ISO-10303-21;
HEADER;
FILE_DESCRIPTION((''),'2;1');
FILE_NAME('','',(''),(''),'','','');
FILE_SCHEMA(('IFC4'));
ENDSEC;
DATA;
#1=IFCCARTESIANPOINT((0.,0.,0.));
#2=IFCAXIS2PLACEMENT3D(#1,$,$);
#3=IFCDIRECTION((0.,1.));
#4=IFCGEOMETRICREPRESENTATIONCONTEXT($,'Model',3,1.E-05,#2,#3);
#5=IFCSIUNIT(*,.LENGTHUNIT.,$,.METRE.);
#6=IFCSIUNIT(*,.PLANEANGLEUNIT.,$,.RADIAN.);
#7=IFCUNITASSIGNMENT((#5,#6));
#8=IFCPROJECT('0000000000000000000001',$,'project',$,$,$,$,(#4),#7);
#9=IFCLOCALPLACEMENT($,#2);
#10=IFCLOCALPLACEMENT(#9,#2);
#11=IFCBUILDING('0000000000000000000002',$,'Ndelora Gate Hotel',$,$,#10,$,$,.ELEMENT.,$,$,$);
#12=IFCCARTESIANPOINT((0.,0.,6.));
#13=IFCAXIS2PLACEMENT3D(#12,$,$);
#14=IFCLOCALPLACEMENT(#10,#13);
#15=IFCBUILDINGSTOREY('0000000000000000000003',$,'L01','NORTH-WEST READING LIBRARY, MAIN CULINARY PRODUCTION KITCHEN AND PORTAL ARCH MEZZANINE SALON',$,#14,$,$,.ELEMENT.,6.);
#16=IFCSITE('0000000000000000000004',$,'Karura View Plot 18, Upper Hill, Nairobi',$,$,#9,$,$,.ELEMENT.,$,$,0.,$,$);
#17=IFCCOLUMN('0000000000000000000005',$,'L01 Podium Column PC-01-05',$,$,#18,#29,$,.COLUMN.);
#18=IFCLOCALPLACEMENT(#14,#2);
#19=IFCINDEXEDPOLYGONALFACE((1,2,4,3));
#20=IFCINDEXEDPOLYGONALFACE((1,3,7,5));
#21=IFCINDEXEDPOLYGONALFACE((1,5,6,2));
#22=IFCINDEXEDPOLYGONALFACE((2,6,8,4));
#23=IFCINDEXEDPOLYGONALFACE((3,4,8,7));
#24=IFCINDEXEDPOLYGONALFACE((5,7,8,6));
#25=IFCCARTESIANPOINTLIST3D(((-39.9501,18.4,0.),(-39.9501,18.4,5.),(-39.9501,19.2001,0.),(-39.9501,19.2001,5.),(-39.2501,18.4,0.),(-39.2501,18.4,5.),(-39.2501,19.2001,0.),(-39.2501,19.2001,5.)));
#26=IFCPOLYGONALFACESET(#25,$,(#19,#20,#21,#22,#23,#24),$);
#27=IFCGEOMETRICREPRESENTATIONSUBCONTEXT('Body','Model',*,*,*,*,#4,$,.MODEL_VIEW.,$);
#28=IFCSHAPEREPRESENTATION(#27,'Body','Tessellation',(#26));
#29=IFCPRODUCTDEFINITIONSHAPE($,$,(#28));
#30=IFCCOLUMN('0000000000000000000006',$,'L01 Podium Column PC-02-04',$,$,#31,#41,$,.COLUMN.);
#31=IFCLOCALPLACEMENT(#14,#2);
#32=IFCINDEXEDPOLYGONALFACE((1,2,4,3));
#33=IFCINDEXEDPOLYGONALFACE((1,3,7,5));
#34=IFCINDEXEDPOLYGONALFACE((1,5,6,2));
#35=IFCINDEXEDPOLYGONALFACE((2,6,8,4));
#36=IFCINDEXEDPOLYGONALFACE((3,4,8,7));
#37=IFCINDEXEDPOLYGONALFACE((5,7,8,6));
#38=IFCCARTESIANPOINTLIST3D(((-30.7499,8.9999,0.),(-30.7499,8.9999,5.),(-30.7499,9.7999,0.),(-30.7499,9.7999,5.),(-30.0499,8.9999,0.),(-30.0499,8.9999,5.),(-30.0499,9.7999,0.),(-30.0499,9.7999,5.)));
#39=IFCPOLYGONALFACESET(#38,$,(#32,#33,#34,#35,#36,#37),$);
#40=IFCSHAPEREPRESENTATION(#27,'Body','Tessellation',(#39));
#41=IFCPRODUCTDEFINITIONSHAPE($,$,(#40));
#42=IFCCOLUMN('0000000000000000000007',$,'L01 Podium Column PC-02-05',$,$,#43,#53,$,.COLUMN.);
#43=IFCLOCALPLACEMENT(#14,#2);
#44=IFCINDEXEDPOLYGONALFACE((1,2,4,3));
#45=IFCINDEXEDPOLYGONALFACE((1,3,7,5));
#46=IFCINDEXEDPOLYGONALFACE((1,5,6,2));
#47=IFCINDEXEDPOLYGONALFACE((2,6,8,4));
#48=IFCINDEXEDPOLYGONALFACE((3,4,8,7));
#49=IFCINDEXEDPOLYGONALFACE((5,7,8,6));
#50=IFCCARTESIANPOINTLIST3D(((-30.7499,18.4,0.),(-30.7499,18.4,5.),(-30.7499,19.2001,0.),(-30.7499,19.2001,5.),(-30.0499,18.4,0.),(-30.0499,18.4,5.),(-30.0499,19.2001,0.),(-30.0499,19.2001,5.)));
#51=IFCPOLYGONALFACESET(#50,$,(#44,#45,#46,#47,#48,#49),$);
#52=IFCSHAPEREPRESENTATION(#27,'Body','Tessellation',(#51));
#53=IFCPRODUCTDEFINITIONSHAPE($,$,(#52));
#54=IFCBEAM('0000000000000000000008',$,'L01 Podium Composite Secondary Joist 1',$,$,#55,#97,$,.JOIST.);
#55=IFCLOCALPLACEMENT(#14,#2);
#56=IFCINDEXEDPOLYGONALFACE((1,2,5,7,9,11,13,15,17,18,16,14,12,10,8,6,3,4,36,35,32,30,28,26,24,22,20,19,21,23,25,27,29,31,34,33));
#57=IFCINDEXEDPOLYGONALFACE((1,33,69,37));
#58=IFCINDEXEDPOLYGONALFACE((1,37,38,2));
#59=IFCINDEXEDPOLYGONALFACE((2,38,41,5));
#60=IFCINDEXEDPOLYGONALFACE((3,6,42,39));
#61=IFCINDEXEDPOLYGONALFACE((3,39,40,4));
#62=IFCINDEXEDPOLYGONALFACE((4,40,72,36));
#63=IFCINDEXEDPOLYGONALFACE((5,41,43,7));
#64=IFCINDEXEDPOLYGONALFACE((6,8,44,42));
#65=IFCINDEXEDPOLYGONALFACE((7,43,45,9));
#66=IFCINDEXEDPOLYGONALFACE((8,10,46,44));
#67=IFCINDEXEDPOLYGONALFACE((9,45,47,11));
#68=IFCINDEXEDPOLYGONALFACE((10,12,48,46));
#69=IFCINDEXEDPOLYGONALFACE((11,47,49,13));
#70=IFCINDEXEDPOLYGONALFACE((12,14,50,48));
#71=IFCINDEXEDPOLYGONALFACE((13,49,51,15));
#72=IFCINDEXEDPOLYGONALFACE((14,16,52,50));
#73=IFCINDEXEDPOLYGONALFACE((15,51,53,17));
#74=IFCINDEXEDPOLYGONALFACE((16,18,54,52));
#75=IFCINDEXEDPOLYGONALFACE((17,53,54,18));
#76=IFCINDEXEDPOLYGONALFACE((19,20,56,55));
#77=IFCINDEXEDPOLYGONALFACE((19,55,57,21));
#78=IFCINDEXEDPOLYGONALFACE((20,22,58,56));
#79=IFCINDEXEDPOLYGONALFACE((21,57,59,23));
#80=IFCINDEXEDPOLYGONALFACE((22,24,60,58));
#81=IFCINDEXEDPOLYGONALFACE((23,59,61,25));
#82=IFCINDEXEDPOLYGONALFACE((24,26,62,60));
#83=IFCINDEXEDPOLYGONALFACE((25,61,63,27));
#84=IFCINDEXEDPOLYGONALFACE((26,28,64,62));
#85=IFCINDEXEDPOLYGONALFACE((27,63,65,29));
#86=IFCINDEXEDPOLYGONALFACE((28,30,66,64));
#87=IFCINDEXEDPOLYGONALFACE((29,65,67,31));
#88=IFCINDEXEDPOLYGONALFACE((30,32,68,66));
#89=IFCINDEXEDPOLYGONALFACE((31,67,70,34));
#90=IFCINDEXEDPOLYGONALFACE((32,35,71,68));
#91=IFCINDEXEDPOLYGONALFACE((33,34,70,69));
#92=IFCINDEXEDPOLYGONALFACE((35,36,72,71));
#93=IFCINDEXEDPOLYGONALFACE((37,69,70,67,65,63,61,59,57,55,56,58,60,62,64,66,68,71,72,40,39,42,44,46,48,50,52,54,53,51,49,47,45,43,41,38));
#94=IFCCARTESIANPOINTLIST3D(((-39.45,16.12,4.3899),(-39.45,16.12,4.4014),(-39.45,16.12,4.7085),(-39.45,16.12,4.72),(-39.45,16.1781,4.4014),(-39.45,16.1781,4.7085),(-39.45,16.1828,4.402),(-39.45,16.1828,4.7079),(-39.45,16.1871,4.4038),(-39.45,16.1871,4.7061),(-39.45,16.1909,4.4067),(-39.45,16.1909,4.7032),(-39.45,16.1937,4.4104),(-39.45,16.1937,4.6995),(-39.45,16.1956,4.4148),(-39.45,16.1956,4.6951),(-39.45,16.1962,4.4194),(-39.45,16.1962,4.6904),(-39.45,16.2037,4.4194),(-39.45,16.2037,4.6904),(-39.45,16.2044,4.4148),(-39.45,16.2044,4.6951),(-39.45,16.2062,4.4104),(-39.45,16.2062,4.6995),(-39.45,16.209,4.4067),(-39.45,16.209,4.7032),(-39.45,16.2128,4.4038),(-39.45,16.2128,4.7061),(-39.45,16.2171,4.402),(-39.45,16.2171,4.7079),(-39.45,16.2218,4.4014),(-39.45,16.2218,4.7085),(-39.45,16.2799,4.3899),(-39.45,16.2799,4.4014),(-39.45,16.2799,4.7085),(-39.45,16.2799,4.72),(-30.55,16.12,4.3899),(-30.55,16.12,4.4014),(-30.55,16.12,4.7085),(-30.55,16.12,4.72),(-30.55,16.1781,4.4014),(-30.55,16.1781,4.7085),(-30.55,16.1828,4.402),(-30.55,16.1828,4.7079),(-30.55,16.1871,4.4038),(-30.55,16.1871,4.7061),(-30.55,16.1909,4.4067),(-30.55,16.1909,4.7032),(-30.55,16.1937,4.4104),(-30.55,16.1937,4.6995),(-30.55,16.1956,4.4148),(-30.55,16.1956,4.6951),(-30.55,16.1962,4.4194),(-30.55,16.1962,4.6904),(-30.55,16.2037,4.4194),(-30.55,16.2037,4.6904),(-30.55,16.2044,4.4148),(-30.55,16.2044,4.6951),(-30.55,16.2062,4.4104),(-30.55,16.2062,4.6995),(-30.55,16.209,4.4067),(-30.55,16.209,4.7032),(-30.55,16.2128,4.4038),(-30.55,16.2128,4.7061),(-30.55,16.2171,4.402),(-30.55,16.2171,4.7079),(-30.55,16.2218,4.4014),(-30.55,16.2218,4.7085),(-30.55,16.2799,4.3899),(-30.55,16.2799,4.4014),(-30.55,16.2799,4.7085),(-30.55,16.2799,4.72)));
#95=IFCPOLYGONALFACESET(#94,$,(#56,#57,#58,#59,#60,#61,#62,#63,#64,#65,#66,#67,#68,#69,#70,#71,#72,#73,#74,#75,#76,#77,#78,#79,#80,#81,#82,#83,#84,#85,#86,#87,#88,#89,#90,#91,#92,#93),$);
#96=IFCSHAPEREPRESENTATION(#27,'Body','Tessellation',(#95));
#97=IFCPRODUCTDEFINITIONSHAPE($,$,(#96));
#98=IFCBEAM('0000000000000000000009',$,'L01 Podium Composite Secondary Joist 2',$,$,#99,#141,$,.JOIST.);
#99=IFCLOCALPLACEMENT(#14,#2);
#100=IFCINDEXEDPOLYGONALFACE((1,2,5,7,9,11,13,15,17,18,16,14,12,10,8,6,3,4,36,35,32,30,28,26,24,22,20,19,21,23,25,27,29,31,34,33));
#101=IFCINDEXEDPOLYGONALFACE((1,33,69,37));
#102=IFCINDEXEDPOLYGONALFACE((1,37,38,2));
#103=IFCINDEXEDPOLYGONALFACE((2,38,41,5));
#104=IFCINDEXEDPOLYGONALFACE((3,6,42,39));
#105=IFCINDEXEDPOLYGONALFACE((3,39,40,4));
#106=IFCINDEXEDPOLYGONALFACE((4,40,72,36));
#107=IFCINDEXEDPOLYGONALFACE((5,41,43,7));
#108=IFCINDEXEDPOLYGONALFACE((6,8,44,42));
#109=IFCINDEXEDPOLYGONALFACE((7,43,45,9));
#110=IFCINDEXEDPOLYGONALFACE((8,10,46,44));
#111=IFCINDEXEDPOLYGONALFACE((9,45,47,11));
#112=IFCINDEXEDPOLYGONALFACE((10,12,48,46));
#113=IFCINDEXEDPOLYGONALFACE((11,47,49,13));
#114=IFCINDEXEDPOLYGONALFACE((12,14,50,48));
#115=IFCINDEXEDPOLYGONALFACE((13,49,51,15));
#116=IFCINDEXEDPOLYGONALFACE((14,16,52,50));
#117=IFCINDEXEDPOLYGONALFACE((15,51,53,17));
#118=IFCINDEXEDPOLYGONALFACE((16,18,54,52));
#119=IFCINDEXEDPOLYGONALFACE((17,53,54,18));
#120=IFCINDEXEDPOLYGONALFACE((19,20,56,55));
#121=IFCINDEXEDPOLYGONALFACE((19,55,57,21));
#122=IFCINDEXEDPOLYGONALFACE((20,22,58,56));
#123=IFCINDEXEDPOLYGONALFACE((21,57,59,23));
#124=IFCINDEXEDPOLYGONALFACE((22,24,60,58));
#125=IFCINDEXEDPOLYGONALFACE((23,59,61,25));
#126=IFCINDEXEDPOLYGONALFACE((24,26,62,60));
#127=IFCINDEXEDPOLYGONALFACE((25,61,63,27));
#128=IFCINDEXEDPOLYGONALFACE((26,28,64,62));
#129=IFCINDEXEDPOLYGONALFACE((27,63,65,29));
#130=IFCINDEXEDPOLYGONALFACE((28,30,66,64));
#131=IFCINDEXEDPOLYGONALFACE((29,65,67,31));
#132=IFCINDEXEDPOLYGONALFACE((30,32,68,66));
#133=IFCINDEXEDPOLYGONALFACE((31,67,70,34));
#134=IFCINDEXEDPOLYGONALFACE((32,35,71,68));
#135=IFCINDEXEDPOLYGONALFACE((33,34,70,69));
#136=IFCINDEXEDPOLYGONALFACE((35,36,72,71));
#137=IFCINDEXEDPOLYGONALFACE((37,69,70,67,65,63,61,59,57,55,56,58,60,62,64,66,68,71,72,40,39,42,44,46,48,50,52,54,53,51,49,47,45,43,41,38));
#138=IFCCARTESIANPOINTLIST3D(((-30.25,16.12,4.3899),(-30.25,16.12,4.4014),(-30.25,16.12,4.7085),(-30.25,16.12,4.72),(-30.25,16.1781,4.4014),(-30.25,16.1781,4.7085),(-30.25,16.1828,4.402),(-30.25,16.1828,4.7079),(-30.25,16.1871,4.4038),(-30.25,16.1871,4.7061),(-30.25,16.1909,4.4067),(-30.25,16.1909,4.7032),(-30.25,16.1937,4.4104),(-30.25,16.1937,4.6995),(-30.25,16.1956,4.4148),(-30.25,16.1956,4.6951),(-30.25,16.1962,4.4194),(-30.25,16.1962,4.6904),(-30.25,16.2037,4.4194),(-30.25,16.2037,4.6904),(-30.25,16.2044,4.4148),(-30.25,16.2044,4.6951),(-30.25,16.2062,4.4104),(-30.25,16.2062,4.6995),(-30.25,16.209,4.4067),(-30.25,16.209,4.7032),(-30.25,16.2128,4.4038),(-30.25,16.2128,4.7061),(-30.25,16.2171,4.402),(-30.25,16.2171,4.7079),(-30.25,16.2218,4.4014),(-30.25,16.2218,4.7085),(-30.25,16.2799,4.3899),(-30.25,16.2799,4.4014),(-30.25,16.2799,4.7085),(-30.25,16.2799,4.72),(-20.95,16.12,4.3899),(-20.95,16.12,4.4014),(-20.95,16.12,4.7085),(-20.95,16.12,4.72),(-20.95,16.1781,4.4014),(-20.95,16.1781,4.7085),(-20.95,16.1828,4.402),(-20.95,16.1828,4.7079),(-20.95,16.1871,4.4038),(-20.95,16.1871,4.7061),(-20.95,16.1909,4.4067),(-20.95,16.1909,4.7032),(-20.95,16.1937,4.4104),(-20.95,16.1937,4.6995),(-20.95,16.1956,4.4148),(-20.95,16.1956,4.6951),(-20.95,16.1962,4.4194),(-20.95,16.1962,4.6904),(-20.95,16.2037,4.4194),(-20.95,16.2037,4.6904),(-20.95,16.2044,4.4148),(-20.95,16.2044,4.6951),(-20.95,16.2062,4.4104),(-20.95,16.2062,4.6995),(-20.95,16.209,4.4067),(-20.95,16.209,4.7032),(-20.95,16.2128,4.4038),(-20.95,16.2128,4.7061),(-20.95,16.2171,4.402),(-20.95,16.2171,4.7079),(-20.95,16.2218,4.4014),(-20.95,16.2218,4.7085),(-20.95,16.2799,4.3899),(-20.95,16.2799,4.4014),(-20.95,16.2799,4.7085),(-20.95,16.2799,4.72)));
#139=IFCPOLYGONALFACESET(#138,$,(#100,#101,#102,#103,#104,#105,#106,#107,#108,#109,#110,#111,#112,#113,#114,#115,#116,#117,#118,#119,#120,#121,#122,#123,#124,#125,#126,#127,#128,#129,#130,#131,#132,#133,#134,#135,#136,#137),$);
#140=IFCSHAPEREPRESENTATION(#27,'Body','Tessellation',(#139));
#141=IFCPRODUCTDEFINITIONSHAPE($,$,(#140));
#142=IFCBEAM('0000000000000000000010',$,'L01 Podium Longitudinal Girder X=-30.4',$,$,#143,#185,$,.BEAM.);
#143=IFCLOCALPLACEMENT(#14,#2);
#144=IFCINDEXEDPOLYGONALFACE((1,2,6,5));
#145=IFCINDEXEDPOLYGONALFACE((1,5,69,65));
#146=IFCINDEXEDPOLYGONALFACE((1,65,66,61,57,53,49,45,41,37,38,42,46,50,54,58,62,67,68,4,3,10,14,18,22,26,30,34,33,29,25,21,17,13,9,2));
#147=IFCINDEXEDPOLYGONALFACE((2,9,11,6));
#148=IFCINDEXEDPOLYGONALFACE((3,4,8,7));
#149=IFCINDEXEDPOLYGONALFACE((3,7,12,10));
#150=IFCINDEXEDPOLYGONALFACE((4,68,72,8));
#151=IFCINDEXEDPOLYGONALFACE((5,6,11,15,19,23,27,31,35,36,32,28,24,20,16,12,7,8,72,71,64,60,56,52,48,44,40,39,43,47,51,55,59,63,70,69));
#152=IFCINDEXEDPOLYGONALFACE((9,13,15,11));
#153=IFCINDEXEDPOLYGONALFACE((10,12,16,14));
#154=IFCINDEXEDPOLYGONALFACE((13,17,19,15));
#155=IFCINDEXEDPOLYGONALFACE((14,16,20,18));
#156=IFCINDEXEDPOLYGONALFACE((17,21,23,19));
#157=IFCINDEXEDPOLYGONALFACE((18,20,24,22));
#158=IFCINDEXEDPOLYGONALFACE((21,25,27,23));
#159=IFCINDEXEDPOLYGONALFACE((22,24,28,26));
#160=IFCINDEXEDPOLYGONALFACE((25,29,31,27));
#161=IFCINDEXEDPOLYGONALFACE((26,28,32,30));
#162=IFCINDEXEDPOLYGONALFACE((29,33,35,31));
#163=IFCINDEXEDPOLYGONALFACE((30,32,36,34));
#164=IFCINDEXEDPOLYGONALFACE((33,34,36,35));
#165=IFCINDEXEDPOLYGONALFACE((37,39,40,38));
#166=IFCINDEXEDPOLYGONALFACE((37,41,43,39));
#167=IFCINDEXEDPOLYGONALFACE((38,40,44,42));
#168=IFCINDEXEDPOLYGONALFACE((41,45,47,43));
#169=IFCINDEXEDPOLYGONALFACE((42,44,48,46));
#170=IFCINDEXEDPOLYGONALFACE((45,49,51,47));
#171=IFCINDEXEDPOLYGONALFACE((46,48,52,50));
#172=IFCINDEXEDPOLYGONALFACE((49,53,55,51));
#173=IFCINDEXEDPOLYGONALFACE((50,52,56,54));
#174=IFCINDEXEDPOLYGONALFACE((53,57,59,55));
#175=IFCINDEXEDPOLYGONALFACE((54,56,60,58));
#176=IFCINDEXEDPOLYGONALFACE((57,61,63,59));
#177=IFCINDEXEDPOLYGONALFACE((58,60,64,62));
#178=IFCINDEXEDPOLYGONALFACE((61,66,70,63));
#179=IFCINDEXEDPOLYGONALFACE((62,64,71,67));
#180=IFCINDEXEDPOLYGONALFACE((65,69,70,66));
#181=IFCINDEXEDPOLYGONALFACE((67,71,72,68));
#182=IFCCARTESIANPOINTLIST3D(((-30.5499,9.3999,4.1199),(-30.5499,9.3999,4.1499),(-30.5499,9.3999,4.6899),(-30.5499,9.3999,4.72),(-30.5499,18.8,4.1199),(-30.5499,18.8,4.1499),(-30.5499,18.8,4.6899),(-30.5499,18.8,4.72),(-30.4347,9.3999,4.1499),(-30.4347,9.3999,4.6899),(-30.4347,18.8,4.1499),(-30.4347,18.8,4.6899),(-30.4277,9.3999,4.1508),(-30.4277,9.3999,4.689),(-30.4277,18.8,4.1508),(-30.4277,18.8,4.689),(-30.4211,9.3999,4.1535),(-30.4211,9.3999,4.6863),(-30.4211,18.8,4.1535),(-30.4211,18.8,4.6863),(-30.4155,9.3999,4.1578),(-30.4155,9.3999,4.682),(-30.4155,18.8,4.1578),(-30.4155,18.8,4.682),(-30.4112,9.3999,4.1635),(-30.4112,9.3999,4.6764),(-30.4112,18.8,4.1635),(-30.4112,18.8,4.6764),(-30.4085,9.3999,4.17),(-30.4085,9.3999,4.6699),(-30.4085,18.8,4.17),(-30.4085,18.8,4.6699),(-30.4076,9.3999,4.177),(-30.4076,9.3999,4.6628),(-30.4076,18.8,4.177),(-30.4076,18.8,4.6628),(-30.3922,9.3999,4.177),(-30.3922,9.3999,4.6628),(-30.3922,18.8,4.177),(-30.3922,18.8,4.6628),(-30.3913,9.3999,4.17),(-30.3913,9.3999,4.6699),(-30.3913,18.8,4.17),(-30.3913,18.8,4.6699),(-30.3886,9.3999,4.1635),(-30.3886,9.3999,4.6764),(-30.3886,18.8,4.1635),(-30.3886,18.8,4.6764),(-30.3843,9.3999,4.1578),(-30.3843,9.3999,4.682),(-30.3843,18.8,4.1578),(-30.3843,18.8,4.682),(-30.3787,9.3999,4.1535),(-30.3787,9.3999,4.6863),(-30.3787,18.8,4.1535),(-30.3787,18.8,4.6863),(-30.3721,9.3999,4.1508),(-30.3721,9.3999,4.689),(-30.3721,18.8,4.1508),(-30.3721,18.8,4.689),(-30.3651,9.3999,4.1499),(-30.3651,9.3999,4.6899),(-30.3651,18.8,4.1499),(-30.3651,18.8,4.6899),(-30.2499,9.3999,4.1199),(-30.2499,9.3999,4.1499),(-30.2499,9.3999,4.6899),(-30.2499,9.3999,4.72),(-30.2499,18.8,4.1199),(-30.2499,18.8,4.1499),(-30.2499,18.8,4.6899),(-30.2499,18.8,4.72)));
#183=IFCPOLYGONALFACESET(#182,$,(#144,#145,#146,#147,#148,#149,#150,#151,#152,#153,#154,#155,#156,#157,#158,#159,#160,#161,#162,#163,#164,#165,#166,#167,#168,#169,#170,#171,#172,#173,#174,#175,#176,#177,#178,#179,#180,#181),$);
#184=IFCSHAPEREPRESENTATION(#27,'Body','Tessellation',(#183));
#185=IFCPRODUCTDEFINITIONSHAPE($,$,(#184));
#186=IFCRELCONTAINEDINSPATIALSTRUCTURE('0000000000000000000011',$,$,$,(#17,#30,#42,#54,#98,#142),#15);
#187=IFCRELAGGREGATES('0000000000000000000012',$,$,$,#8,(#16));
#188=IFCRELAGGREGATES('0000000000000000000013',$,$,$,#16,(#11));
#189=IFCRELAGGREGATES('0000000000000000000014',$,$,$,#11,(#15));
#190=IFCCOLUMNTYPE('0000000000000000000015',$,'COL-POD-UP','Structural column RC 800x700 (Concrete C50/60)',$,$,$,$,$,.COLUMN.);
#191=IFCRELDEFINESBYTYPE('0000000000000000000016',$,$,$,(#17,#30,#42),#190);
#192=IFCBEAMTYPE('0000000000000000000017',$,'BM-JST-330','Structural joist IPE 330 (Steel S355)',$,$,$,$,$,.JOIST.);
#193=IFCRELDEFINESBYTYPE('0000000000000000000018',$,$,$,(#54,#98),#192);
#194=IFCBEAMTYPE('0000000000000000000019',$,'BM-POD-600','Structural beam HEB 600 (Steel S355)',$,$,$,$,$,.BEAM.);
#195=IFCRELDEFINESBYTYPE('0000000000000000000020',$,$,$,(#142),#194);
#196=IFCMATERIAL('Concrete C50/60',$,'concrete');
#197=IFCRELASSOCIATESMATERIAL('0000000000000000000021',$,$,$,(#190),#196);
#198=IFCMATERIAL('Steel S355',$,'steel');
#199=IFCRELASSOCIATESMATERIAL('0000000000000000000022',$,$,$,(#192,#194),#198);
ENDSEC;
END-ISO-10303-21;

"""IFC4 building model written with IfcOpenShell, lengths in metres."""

from ifc_helpers import new_model, si_unit, direction, frame, origin, origin_2d, place, context, subcontext, project, spatial, rectangle, i_section, extrude, material, material_profile, profile_set, type_object, element, save


model = new_model("IFC4")

# Units and contexts
model_context = context("Model", 3, precision=1e-05, world=origin(), true_north=direction((0.0, 1.0)))
body_context = subcontext(model_context, "Body", "Model", "MODEL_VIEW")
ifc_project = project(units=[si_unit("LENGTHUNIT", "METRE"), si_unit("PLANEANGLEUNIT", "RADIAN")], contexts=[model_context])

# Site, building, storey
site_placement = place(None, origin())
site = spatial("IfcSite", under=ifc_project, at=site_placement, Name="Karura View Plot 18, Upper Hill, Nairobi", CompositionType="ELEMENT", RefElevation=0.0)
building_placement = place(site_placement, origin())
building = spatial("IfcBuilding", under=site, at=building_placement, Name="Ndelora Gate Hotel", CompositionType="ELEMENT")
storey_placement = place(building_placement, frame((0.0, 0.0, 6.0)))
storey = spatial("IfcBuildingStorey", under=building, at=storey_placement, Name="L01", Description="NORTH-WEST READING LIBRARY, MAIN CULINARY PRODUCTION KITCHEN AND PORTAL ARCH MEZZANINE SALON", CompositionType="ELEMENT", Elevation=6.0)

# Columns
ifc_material_1 = material(Name="Concrete C50/60", Category="concrete")
ifc_material_profile_1 = material_profile(ifc_material_1, rectangle(XDim=0.7, YDim=0.8, at=origin_2d()), Name="RC 800x700")
ifc_profile_set_1 = profile_set([ifc_material_profile_1], Name="Concrete C50/60")
column_type = type_object("IfcColumnType", Name="COL-POD-UP", Description="Structural column RC 800x700 (Concrete C50/60)", PredefinedType="COLUMN", material=ifc_profile_set_1)
for number, where, z_axis, x_axis, name in (
    (1, (-39.6001, 18.8, 0.0), (0.0, 0.0, 1.0), (1.0, 0.0, 0.0), "L01 Podium Column PC-01-05"),
    (2, (-30.3999, 9.3999, 0.0), (0.0, 0.0, 1.0), (1.0, 0.0, 0.0), "L01 Podium Column PC-02-04"),
    (3, (-30.3999, 18.8, 0.0), (0.0, 0.0, 1.0), (1.0, 0.0, 0.0), "L01 Podium Column PC-02-05"),
):
    element("IfcColumn", number, at=place(storey_placement, frame(where, z_axis=z_axis, x_axis=x_axis)), inside=storey, type_object=column_type, Name=name, PredefinedType="COLUMN", context=body_context, shape_type="SweptSolid", body=[
        extrude(rectangle(XDim=0.7, YDim=0.8, at=origin_2d()), origin(), (0.0, 0.0, 1.0), 5.0),
    ])

# Beams
ifc_material_2 = material(Name="Steel S355", Category="steel")
ifc_material_profile_2 = material_profile(ifc_material_2, i_section(OverallWidth=0.1599, OverallDepth=0.3301, WebThickness=0.0076, FlangeThickness=0.0115, FilletRadius=0.0181, at=origin_2d()), Name="IPE 330")
ifc_profile_set_2 = profile_set([ifc_material_profile_2], Name="Steel S355")
beam_type_1 = type_object("IfcBeamType", Name="BM-JST-330", Description="Structural joist IPE 330 (Steel S355)", PredefinedType="JOIST", material=ifc_profile_set_2)
beam_1_placement = place(storey_placement, frame((-39.45, 16.2, 4.5549), z_axis=(1.0, 0.0, 0.0), x_axis=(0.0, 1.0, 0.0)))
element("IfcBeam", 4, at=beam_1_placement, inside=storey, type_object=beam_type_1, Name="L01 Podium Composite Secondary Joist 1", PredefinedType="JOIST", context=body_context, shape_type="SweptSolid", body=[
    extrude(i_section(OverallWidth=0.1599, OverallDepth=0.3301, WebThickness=0.0076, FlangeThickness=0.0115, FilletRadius=0.0181, at=origin_2d()), origin(), (0.0, 0.0, 1.0), 8.8999),
])
beam_2_placement = place(storey_placement, frame((-30.25, 16.2, 4.5549), z_axis=(1.0, 0.0, 0.0), x_axis=(0.0, 1.0, 0.0)))
element("IfcBeam", 5, at=beam_2_placement, inside=storey, type_object=beam_type_1, Name="L01 Podium Composite Secondary Joist 2", PredefinedType="JOIST", context=body_context, shape_type="SweptSolid", body=[
    extrude(i_section(OverallWidth=0.1599, OverallDepth=0.3301, WebThickness=0.0076, FlangeThickness=0.0115, FilletRadius=0.0181, at=origin_2d()), origin(), (0.0, 0.0, 1.0), 9.3),
])
ifc_material_profile_3 = material_profile(ifc_material_2, i_section(OverallWidth=0.3, OverallDepth=0.6001, WebThickness=0.0154, FlangeThickness=0.03, FilletRadius=0.0271, at=origin_2d()), Name="HEB 600")
ifc_profile_set_3 = profile_set([ifc_material_profile_3], Name="Steel S355")
beam_type_2 = type_object("IfcBeamType", Name="BM-POD-600", Description="Structural beam HEB 600 (Steel S355)", PredefinedType="BEAM", material=ifc_profile_set_3)
beam_3_placement = place(storey_placement, frame((-30.3999, 9.3999, 4.4199), z_axis=(0.0, 1.0, 0.0), x_axis=(-1.0, 0.0, 0.0)))
element("IfcBeam", 6, at=beam_3_placement, inside=storey, type_object=beam_type_2, Name="L01 Podium Longitudinal Girder X=-30.4", PredefinedType="BEAM", context=body_context, shape_type="SweptSolid", body=[
    extrude(i_section(OverallWidth=0.3, OverallDepth=0.6001, WebThickness=0.0154, FlangeThickness=0.03, FilletRadius=0.0271, at=origin_2d()), origin(), (0.0, 0.0, 1.0), 9.4001),
])

save(model, "model.ifc")
